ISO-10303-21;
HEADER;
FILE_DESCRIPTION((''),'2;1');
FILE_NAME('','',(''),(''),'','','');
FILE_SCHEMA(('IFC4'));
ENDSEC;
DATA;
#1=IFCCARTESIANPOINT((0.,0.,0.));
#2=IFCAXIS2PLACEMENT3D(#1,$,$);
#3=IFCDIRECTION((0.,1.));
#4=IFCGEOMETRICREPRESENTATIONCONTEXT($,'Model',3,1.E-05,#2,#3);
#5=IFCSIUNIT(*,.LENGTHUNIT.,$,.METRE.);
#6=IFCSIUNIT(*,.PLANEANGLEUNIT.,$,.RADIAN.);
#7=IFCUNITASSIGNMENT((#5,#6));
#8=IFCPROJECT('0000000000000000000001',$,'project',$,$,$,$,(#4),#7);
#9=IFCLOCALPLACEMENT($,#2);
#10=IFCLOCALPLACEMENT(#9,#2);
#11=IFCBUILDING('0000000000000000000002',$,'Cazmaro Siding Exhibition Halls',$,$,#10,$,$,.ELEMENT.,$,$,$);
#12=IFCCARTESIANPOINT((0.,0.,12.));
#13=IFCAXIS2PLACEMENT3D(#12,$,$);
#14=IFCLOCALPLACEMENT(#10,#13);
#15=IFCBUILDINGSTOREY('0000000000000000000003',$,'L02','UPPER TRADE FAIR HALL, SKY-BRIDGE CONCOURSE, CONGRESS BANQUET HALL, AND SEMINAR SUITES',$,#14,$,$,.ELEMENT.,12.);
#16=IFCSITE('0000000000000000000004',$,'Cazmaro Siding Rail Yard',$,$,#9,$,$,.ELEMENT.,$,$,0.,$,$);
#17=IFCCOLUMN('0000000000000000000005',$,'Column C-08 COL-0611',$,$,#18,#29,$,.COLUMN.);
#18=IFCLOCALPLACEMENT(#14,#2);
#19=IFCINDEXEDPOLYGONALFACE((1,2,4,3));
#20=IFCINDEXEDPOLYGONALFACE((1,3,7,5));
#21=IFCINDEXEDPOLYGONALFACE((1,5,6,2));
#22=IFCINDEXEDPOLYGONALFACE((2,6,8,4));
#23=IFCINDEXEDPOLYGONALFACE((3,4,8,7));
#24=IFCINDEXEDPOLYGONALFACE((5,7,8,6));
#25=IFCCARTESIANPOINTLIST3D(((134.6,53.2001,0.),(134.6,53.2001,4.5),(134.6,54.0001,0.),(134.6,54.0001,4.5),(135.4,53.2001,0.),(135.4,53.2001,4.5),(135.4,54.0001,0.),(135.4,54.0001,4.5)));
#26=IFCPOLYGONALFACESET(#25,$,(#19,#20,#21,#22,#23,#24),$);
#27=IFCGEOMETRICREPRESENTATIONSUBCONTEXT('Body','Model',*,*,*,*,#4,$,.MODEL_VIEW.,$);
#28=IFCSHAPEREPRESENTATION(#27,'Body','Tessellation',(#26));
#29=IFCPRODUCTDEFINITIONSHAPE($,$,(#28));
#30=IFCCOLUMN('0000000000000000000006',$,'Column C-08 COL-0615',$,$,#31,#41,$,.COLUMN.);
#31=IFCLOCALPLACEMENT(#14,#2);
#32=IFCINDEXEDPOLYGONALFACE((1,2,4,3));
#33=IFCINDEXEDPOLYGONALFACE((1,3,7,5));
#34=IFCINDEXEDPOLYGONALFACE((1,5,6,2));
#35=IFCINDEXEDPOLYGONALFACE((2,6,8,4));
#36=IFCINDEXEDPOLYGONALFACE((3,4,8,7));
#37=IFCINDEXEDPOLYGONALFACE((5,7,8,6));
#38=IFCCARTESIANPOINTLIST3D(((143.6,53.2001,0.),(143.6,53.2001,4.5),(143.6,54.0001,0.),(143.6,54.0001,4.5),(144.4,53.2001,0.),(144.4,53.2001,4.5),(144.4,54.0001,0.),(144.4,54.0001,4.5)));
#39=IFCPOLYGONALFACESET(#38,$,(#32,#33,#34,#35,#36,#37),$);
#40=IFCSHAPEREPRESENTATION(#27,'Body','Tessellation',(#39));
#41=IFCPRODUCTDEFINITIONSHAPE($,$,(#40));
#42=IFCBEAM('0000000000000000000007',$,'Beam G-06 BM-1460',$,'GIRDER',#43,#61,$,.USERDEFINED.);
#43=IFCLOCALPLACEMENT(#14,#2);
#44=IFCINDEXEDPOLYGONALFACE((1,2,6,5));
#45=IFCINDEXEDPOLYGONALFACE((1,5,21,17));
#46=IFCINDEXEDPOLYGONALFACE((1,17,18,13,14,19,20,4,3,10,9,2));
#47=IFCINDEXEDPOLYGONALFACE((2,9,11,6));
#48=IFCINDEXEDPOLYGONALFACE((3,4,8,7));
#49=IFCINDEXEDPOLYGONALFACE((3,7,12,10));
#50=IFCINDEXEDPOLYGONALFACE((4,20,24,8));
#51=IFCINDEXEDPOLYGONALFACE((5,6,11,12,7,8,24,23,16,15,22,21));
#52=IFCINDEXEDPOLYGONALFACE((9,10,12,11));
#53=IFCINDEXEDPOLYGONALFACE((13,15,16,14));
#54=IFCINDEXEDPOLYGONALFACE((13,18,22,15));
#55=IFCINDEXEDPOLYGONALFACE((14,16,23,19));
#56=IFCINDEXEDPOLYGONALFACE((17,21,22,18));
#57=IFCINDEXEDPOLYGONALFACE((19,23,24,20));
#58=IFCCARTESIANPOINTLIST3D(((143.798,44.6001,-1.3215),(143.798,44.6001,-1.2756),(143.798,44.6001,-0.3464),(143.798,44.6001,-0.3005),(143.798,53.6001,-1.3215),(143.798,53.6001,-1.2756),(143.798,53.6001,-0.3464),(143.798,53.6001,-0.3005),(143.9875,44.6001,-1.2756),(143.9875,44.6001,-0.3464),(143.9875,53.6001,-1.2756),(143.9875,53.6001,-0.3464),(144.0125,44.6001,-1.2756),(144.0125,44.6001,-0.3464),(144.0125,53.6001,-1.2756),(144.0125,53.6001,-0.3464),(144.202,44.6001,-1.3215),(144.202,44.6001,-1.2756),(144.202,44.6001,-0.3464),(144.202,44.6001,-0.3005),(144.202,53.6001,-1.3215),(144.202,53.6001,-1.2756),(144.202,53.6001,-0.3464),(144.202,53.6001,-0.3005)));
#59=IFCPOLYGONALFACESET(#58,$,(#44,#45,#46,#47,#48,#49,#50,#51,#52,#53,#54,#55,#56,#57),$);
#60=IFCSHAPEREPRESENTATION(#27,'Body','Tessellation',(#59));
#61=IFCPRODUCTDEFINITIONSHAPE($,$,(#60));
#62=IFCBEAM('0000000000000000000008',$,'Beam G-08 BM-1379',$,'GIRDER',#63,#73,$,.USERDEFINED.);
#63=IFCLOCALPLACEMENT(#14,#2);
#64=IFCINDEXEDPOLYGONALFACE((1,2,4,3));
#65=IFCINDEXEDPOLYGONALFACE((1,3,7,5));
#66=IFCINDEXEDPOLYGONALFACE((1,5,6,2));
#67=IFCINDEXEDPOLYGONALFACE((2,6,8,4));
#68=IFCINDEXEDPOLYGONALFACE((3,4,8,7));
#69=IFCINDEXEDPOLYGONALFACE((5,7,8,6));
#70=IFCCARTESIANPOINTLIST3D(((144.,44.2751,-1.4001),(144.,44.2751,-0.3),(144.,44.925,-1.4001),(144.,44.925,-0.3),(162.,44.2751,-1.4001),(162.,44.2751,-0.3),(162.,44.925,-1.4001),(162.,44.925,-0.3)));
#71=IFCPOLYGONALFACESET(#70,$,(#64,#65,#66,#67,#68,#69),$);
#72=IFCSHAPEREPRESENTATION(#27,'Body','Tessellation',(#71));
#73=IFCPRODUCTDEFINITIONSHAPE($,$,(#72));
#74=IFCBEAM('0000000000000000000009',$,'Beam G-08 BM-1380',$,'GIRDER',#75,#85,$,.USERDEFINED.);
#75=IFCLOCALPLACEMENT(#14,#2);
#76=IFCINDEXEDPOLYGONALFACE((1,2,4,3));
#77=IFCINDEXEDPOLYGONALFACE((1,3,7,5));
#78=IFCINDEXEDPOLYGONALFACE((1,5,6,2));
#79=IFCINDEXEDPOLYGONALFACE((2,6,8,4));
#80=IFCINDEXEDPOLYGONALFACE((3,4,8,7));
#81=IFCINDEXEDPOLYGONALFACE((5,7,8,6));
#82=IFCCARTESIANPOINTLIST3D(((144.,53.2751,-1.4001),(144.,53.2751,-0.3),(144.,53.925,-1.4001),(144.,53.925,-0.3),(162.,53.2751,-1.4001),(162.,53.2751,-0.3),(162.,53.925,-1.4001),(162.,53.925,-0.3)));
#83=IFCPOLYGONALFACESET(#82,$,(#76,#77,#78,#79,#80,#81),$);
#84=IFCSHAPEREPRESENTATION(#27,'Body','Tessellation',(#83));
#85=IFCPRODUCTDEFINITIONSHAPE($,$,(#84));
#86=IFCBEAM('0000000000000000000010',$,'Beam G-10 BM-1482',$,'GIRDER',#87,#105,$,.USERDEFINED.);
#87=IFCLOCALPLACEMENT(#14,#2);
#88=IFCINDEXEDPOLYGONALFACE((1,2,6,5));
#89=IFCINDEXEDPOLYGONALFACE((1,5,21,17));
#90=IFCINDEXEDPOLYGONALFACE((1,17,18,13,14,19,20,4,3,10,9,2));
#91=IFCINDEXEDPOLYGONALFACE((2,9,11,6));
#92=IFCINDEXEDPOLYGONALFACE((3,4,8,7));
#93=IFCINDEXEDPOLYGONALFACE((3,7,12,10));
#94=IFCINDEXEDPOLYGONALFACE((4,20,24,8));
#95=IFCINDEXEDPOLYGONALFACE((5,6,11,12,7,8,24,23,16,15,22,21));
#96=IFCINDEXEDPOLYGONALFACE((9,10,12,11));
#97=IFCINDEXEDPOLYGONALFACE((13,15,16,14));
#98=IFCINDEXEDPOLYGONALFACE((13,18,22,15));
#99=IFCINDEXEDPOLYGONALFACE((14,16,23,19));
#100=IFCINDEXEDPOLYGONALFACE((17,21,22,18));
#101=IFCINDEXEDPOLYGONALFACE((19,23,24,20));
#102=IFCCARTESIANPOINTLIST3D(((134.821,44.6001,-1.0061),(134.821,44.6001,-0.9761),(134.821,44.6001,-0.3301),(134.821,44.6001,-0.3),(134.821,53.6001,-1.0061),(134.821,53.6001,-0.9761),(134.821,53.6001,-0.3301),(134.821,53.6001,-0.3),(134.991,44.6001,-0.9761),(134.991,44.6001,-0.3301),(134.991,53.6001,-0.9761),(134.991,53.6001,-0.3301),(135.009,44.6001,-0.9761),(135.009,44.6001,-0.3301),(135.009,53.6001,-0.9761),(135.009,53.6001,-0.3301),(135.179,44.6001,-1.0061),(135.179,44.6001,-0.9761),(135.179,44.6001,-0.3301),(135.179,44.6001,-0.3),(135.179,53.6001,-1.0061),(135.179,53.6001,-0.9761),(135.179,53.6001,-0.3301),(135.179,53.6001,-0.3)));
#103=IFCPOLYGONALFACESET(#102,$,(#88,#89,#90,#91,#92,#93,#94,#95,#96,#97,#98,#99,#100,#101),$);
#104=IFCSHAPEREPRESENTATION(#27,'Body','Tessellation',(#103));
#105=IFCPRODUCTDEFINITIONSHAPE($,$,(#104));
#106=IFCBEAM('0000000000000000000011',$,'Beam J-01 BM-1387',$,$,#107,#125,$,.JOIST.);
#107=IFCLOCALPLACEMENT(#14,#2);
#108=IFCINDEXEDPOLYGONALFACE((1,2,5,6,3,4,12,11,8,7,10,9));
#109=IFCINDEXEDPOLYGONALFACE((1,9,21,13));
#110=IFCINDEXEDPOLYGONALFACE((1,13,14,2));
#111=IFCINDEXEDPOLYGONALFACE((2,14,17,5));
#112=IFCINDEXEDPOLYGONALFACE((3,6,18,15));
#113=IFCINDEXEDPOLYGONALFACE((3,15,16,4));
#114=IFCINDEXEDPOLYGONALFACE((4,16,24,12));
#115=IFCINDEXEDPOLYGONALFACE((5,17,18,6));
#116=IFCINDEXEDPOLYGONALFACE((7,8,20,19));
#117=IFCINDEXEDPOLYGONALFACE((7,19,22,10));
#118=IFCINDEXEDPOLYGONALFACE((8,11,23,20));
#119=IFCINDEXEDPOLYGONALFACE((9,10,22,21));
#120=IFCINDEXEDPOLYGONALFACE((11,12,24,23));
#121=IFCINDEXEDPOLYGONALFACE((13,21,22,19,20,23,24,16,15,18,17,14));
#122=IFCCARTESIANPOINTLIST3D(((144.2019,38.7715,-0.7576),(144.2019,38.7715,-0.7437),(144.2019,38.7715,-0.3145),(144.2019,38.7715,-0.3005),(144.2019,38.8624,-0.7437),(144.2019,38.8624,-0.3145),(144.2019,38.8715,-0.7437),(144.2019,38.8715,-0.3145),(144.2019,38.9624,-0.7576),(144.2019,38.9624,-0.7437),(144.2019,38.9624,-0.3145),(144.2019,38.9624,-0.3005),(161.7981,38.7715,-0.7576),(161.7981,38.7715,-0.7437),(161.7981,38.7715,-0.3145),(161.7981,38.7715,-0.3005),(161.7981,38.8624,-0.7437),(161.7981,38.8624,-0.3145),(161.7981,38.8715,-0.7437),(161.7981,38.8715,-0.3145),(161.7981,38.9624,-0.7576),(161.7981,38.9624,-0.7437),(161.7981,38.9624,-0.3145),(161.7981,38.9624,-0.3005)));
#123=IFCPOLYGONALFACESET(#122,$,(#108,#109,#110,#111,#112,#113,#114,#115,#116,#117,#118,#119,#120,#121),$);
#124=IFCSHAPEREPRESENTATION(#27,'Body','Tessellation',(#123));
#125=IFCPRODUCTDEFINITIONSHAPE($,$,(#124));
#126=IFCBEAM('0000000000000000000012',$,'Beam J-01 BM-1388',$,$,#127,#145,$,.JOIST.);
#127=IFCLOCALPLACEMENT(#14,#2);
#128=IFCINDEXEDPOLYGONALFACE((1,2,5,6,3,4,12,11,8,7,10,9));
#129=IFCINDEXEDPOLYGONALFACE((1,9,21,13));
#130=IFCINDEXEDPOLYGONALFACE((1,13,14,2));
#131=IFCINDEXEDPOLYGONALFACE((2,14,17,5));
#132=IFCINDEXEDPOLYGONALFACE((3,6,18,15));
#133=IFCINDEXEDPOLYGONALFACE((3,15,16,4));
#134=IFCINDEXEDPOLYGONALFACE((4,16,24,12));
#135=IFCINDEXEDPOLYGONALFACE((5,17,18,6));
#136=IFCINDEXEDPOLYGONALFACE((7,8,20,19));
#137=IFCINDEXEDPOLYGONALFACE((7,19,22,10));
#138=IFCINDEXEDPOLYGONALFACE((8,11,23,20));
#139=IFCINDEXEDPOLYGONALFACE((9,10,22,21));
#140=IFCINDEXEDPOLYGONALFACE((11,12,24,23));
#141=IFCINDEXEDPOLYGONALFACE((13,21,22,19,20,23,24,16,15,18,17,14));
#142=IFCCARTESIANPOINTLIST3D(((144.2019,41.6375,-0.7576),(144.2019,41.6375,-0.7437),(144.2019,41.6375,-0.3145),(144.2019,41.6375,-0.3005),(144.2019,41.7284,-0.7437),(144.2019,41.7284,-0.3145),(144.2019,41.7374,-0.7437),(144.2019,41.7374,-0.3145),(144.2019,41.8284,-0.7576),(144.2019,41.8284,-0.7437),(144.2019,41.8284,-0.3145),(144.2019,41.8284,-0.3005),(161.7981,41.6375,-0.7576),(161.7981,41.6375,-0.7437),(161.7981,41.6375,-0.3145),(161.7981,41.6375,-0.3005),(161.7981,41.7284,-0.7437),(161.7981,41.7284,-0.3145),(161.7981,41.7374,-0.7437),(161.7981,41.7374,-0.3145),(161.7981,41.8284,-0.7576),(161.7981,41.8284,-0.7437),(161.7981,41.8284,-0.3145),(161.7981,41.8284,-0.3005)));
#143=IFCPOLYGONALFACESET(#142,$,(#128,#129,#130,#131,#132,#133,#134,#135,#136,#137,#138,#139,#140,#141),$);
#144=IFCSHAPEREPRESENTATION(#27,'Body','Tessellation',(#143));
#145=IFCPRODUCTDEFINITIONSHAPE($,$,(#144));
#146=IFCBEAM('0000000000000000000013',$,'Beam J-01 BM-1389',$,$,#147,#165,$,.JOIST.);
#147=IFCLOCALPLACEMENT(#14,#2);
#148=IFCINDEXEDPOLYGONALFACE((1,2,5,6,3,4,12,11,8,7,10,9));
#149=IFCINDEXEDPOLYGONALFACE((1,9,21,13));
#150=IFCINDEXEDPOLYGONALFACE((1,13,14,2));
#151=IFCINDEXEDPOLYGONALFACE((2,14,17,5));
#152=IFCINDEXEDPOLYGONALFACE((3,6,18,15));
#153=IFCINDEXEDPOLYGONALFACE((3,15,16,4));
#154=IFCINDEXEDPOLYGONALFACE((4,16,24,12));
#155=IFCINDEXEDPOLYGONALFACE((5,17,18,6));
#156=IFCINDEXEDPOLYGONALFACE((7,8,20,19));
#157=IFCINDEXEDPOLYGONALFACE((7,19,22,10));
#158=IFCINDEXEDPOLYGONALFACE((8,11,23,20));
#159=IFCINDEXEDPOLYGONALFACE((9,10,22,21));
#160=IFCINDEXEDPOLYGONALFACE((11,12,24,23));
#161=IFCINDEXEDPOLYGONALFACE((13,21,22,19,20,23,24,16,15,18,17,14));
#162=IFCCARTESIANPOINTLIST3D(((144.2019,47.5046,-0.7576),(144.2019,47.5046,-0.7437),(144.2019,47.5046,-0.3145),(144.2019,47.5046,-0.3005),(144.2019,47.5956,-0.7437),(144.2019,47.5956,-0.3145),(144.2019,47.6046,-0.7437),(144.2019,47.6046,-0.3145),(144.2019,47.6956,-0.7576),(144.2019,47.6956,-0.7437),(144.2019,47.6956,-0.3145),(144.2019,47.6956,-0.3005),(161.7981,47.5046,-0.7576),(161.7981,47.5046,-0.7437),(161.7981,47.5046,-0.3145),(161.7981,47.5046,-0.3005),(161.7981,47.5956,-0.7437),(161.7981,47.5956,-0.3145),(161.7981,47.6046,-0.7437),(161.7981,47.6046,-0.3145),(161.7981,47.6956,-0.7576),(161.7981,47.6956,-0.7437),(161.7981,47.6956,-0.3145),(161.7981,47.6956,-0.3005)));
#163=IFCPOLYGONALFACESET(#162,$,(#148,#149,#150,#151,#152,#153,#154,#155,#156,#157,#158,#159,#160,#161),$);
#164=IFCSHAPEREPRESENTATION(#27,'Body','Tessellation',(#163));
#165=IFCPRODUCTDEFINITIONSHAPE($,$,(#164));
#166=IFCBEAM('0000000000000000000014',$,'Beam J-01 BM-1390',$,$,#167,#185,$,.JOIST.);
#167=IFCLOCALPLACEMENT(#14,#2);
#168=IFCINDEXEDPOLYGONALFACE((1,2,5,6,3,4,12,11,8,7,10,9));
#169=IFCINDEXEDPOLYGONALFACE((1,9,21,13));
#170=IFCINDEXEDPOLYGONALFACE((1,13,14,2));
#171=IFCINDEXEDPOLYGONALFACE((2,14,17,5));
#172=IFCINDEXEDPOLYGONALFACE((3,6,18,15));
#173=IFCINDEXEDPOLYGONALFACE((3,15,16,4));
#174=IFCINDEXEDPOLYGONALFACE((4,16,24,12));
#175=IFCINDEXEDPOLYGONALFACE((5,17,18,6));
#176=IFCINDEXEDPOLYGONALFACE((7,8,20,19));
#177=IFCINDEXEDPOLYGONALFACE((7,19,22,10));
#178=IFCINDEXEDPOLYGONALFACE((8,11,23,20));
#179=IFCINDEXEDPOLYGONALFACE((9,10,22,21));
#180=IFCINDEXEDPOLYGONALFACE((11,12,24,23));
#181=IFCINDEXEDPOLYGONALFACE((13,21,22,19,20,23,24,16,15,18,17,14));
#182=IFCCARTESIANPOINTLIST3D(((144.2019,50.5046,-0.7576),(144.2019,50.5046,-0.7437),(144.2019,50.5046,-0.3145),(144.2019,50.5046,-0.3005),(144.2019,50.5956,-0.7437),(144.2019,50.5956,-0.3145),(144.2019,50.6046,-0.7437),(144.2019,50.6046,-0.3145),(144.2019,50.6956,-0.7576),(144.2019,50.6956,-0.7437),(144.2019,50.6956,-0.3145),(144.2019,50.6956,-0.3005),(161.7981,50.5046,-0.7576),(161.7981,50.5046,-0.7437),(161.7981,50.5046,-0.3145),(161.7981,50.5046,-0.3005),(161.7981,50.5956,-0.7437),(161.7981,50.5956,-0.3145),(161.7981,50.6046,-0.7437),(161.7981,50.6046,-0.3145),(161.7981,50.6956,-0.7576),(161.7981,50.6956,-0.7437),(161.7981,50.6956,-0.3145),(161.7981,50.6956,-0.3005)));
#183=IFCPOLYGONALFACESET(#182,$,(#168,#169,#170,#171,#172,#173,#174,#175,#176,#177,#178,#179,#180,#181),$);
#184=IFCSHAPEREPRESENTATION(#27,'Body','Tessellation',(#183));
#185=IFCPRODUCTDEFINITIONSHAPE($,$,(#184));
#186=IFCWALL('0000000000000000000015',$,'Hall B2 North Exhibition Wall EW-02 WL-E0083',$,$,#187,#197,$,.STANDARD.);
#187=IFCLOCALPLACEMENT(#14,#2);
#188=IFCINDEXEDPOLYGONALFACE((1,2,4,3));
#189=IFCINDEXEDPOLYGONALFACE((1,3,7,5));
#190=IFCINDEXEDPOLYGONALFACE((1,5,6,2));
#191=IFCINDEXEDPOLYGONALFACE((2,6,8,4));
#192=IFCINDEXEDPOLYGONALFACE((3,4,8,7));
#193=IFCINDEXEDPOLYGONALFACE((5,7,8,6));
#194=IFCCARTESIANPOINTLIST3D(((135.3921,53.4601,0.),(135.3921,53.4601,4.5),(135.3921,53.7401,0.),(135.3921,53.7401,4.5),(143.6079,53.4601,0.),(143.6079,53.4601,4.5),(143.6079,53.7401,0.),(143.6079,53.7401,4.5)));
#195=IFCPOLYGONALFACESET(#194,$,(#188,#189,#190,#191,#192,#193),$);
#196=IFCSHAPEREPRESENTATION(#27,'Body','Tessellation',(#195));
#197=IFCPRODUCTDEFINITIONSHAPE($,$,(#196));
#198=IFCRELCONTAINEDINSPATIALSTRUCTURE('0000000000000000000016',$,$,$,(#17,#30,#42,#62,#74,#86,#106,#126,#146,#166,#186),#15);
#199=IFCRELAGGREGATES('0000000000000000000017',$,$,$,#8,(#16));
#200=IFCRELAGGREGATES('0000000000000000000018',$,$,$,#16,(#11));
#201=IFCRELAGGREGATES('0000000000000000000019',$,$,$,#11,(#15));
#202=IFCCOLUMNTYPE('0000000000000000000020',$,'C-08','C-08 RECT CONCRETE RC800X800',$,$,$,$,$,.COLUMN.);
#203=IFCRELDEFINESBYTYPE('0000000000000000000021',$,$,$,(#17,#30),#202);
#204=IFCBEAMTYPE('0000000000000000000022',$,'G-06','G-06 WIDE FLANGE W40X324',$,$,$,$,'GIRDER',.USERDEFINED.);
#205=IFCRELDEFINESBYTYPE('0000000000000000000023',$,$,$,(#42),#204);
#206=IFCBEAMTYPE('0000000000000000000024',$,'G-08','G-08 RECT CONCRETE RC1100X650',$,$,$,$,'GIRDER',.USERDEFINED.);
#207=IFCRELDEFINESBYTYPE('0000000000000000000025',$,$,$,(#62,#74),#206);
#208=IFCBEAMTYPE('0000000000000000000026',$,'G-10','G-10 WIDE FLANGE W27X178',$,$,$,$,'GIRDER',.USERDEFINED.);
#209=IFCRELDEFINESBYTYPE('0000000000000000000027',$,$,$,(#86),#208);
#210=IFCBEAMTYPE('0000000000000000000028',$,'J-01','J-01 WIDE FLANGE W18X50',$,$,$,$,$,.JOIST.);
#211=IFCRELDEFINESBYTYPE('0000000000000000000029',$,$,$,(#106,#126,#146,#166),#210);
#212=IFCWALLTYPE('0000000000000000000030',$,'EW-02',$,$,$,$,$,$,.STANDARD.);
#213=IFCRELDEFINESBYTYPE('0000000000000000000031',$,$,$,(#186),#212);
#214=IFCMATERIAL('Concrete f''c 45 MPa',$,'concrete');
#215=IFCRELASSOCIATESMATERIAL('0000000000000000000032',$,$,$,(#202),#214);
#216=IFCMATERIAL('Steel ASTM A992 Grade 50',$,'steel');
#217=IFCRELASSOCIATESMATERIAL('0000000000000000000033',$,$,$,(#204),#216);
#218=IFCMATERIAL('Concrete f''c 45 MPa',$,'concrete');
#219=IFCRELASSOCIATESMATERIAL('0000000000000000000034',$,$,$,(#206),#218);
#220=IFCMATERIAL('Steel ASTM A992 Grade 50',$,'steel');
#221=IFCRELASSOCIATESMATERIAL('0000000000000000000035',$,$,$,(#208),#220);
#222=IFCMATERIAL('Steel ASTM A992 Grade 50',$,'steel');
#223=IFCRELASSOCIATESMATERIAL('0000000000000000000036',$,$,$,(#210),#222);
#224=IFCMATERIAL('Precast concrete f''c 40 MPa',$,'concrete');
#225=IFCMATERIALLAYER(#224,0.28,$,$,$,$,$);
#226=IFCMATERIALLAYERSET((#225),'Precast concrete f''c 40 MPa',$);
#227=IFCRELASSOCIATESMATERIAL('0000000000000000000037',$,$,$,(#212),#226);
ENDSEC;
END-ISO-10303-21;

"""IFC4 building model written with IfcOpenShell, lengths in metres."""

from ifc_helpers import new_model, si_unit, direction, frame, frame_2d, origin, origin_2d, place, context, subcontext, project, spatial, rectangle, i_section, extrude, material, layer, layer_set, material_profile, profile_set, type_object, element, save


model = new_model("IFC4")

# Units and contexts
model_context = context("Model", 3, precision=1e-05, world=origin(), true_north=direction((0.0, 1.0)))
body_context = subcontext(model_context, "Body", "Model", "MODEL_VIEW")
ifc_project = project(units=[si_unit("LENGTHUNIT", "METRE"), si_unit("PLANEANGLEUNIT", "RADIAN")], contexts=[model_context])

# Site, building, storey
site_placement = place(None, origin())
site = spatial("IfcSite", under=ifc_project, at=site_placement, Name="Cazmaro Siding Rail Yard", CompositionType="ELEMENT", RefElevation=0.0)
building_placement = place(site_placement, origin())
building = spatial("IfcBuilding", under=site, at=building_placement, Name="Cazmaro Siding Exhibition Halls", CompositionType="ELEMENT")
storey_placement = place(building_placement, frame((0.0, 0.0, 12.0)))
storey = spatial("IfcBuildingStorey", under=building, at=storey_placement, Name="L02", Description="UPPER TRADE FAIR HALL, SKY-BRIDGE CONCOURSE, CONGRESS BANQUET HALL, AND SEMINAR SUITES", CompositionType="ELEMENT", Elevation=12.0)

# Columns
ifc_material_1 = material(Name="Concrete f'c 45 MPa", Category="concrete")
ifc_material_profile_1 = material_profile(ifc_material_1, rectangle(XDim=0.8, YDim=0.8, at=origin_2d()), Name="RC800X800")
ifc_profile_set_1 = profile_set([ifc_material_profile_1], Name="Concrete f'c 45 MPa")
column_type = type_object("IfcColumnType", Name="C-08", Description="C-08 RECT CONCRETE RC800X800", PredefinedType="COLUMN", material=ifc_profile_set_1)
for number, where, z_axis, x_axis, name in (
    (1, (135.0, 53.6001, 0.0), (0.0, 0.0, 1.0), (1.0, 0.0, 0.0), "Column C-08 COL-0611"),
    (2, (144.0, 53.6001, 0.0), (0.0, 0.0, 1.0), (1.0, 0.0, 0.0), "Column C-08 COL-0615"),
):
    element("IfcColumn", number, at=place(storey_placement, frame(where, z_axis=z_axis, x_axis=x_axis)), inside=storey, type_object=column_type, Name=name, PredefinedType="COLUMN", context=body_context, shape_type="SweptSolid", body=[
        extrude(rectangle(XDim=0.8, YDim=0.8, at=origin_2d()), origin(), (0.0, 0.0, 1.0), 4.5),
    ])

# Beams
ifc_material_2 = material(Name="Steel ASTM A992 Grade 50", Category="steel")
ifc_material_profile_2 = material_profile(ifc_material_2, i_section(OverallWidth=0.4041, OverallDepth=1.021, WebThickness=0.0249, FlangeThickness=0.0459, at=origin_2d()), Name="W40X324")
ifc_profile_set_2 = profile_set([ifc_material_profile_2], Name="Steel ASTM A992 Grade 50")
beam_type_1 = type_object("IfcBeamType", Name="G-06", Description="G-06 WIDE FLANGE W40X324", ElementType="GIRDER", PredefinedType="USERDEFINED", material=ifc_profile_set_2)
beam_1_placement = place(storey_placement, frame((144.0, 44.6001, -0.811), z_axis=(0.0, 1.0, 0.0), x_axis=(-1.0, 0.0, 0.0)))
element("IfcBeam", 3, at=beam_1_placement, inside=storey, type_object=beam_type_1, Name="Beam G-06 BM-1460", ObjectType="GIRDER", PredefinedType="USERDEFINED", context=body_context, shape_type="SweptSolid", body=[
    extrude(i_section(OverallWidth=0.4041, OverallDepth=1.021, WebThickness=0.0249, FlangeThickness=0.0459, at=origin_2d()), origin(), (0.0, 0.0, 1.0), 9.0),
])
ifc_material_3 = material(Name="Concrete f'c 45 MPa", Category="concrete")
ifc_material_profile_3 = material_profile(ifc_material_3, rectangle(XDim=0.6499, YDim=1.1001, at=origin_2d()), Name="RC1100X650")
ifc_profile_set_3 = profile_set([ifc_material_profile_3], Name="Concrete f'c 45 MPa")
beam_type_2 = type_object("IfcBeamType", Name="G-08", Description="G-08 RECT CONCRETE RC1100X650", ElementType="GIRDER", PredefinedType="USERDEFINED", material=ifc_profile_set_3)
for number, where, z_axis, x_axis, name in (
    (4, (144.0, 44.6001, -0.8501), (1.0, 0.0, 0.0), (0.0, 1.0, 0.0), "Beam G-08 BM-1379"),
    (5, (144.0, 53.6001, -0.8501), (1.0, 0.0, 0.0), (0.0, 1.0, 0.0), "Beam G-08 BM-1380"),
):
    element("IfcBeam", number, at=place(storey_placement, frame(where, z_axis=z_axis, x_axis=x_axis)), inside=storey, type_object=beam_type_2, Name=name, ObjectType="GIRDER", PredefinedType="USERDEFINED", context=body_context, shape_type="SweptSolid", body=[
        extrude(rectangle(XDim=0.6499, YDim=1.1001, at=origin_2d()), origin(), (0.0, 0.0, 1.0), 18.0),
    ])
ifc_material_4 = material(Name="Steel ASTM A992 Grade 50", Category="steel")
ifc_material_profile_4 = material_profile(ifc_material_4, i_section(OverallWidth=0.3579, OverallDepth=0.7061, WebThickness=0.0181, FlangeThickness=0.03, at=origin_2d()), Name="W27X178")
ifc_profile_set_4 = profile_set([ifc_material_profile_4], Name="Steel ASTM A992 Grade 50")
beam_type_3 = type_object("IfcBeamType", Name="G-10", Description="G-10 WIDE FLANGE W27X178", ElementType="GIRDER", PredefinedType="USERDEFINED", material=ifc_profile_set_4)
beam_2_placement = place(storey_placement, frame((135.0, 44.6001, -0.6531), z_axis=(0.0, 1.0, 0.0), x_axis=(-1.0, 0.0, 0.0)))
element("IfcBeam", 6, at=beam_2_placement, inside=storey, type_object=beam_type_3, Name="Beam G-10 BM-1482", ObjectType="GIRDER", PredefinedType="USERDEFINED", context=body_context, shape_type="SweptSolid", body=[
    extrude(i_section(OverallWidth=0.3579, OverallDepth=0.7061, WebThickness=0.0181, FlangeThickness=0.03, at=origin_2d()), origin(), (0.0, 0.0, 1.0), 9.0),
])
ifc_material_5 = material(Name="Steel ASTM A992 Grade 50", Category="steel")
ifc_material_profile_5 = material_profile(ifc_material_5, i_section(OverallWidth=0.1909, OverallDepth=0.457, WebThickness=0.009, FlangeThickness=0.0139, at=origin_2d()), Name="W18X50")
ifc_profile_set_5 = profile_set([ifc_material_profile_5], Name="Steel ASTM A992 Grade 50")
beam_type_4 = type_object("IfcBeamType", Name="J-01", Description="J-01 WIDE FLANGE W18X50", PredefinedType="JOIST", material=ifc_profile_set_5)
for number, where, z_axis, x_axis, name in (
    (7, (144.2019, 38.8669, -0.5291), (1.0, 0.0, 0.0), (0.0, 1.0, 0.0), "Beam J-01 BM-1387"),
    (8, (144.2019, 41.7329, -0.5291), (1.0, 0.0, 0.0), (0.0, 1.0, 0.0), "Beam J-01 BM-1388"),
    (9, (144.2019, 47.6001, -0.5291), (1.0, 0.0, 0.0), (0.0, 1.0, 0.0), "Beam J-01 BM-1389"),
    (10, (144.2019, 50.6001, -0.5291), (1.0, 0.0, 0.0), (0.0, 1.0, 0.0), "Beam J-01 BM-1390"),
):
    element("IfcBeam", number, at=place(storey_placement, frame(where, z_axis=z_axis, x_axis=x_axis)), inside=storey, type_object=beam_type_4, Name=name, PredefinedType="JOIST", context=body_context, shape_type="SweptSolid", body=[
        extrude(i_section(OverallWidth=0.1909, OverallDepth=0.457, WebThickness=0.009, FlangeThickness=0.0139, at=origin_2d()), origin(), (0.0, 0.0, 1.0), 17.5962),
    ])

# Wall
ifc_material_6 = material(Name="Precast concrete f'c 40 MPa", Category="concrete")
ifc_layer_1 = layer(ifc_material_6, 0.28)
ifc_layer_set_1 = layer_set([ifc_layer_1], Name="Precast concrete f'c 40 MPa")
wall_type_1 = type_object("IfcWallType", Name="EW-02", PredefinedType="STANDARD", material=ifc_layer_set_1)
wall_1_placement = place(storey_placement, frame((135.3921, 53.6001, 0.0), z_axis=(0.0, 0.0, 1.0), x_axis=(1.0, 0.0, 0.0)))
element("IfcWall", 11, at=wall_1_placement, inside=storey, type_object=wall_type_1, Name="Hall B2 North Exhibition Wall EW-02 WL-E0083", PredefinedType="STANDARD", context=body_context, shape_type="SweptSolid", body=[
    extrude(rectangle(XDim=8.2158, YDim=0.28, at=frame_2d((4.1079, 0.0))), origin(), (0.0, 0.0, 1.0), 4.5),
])

save(model, "model.ifc")
